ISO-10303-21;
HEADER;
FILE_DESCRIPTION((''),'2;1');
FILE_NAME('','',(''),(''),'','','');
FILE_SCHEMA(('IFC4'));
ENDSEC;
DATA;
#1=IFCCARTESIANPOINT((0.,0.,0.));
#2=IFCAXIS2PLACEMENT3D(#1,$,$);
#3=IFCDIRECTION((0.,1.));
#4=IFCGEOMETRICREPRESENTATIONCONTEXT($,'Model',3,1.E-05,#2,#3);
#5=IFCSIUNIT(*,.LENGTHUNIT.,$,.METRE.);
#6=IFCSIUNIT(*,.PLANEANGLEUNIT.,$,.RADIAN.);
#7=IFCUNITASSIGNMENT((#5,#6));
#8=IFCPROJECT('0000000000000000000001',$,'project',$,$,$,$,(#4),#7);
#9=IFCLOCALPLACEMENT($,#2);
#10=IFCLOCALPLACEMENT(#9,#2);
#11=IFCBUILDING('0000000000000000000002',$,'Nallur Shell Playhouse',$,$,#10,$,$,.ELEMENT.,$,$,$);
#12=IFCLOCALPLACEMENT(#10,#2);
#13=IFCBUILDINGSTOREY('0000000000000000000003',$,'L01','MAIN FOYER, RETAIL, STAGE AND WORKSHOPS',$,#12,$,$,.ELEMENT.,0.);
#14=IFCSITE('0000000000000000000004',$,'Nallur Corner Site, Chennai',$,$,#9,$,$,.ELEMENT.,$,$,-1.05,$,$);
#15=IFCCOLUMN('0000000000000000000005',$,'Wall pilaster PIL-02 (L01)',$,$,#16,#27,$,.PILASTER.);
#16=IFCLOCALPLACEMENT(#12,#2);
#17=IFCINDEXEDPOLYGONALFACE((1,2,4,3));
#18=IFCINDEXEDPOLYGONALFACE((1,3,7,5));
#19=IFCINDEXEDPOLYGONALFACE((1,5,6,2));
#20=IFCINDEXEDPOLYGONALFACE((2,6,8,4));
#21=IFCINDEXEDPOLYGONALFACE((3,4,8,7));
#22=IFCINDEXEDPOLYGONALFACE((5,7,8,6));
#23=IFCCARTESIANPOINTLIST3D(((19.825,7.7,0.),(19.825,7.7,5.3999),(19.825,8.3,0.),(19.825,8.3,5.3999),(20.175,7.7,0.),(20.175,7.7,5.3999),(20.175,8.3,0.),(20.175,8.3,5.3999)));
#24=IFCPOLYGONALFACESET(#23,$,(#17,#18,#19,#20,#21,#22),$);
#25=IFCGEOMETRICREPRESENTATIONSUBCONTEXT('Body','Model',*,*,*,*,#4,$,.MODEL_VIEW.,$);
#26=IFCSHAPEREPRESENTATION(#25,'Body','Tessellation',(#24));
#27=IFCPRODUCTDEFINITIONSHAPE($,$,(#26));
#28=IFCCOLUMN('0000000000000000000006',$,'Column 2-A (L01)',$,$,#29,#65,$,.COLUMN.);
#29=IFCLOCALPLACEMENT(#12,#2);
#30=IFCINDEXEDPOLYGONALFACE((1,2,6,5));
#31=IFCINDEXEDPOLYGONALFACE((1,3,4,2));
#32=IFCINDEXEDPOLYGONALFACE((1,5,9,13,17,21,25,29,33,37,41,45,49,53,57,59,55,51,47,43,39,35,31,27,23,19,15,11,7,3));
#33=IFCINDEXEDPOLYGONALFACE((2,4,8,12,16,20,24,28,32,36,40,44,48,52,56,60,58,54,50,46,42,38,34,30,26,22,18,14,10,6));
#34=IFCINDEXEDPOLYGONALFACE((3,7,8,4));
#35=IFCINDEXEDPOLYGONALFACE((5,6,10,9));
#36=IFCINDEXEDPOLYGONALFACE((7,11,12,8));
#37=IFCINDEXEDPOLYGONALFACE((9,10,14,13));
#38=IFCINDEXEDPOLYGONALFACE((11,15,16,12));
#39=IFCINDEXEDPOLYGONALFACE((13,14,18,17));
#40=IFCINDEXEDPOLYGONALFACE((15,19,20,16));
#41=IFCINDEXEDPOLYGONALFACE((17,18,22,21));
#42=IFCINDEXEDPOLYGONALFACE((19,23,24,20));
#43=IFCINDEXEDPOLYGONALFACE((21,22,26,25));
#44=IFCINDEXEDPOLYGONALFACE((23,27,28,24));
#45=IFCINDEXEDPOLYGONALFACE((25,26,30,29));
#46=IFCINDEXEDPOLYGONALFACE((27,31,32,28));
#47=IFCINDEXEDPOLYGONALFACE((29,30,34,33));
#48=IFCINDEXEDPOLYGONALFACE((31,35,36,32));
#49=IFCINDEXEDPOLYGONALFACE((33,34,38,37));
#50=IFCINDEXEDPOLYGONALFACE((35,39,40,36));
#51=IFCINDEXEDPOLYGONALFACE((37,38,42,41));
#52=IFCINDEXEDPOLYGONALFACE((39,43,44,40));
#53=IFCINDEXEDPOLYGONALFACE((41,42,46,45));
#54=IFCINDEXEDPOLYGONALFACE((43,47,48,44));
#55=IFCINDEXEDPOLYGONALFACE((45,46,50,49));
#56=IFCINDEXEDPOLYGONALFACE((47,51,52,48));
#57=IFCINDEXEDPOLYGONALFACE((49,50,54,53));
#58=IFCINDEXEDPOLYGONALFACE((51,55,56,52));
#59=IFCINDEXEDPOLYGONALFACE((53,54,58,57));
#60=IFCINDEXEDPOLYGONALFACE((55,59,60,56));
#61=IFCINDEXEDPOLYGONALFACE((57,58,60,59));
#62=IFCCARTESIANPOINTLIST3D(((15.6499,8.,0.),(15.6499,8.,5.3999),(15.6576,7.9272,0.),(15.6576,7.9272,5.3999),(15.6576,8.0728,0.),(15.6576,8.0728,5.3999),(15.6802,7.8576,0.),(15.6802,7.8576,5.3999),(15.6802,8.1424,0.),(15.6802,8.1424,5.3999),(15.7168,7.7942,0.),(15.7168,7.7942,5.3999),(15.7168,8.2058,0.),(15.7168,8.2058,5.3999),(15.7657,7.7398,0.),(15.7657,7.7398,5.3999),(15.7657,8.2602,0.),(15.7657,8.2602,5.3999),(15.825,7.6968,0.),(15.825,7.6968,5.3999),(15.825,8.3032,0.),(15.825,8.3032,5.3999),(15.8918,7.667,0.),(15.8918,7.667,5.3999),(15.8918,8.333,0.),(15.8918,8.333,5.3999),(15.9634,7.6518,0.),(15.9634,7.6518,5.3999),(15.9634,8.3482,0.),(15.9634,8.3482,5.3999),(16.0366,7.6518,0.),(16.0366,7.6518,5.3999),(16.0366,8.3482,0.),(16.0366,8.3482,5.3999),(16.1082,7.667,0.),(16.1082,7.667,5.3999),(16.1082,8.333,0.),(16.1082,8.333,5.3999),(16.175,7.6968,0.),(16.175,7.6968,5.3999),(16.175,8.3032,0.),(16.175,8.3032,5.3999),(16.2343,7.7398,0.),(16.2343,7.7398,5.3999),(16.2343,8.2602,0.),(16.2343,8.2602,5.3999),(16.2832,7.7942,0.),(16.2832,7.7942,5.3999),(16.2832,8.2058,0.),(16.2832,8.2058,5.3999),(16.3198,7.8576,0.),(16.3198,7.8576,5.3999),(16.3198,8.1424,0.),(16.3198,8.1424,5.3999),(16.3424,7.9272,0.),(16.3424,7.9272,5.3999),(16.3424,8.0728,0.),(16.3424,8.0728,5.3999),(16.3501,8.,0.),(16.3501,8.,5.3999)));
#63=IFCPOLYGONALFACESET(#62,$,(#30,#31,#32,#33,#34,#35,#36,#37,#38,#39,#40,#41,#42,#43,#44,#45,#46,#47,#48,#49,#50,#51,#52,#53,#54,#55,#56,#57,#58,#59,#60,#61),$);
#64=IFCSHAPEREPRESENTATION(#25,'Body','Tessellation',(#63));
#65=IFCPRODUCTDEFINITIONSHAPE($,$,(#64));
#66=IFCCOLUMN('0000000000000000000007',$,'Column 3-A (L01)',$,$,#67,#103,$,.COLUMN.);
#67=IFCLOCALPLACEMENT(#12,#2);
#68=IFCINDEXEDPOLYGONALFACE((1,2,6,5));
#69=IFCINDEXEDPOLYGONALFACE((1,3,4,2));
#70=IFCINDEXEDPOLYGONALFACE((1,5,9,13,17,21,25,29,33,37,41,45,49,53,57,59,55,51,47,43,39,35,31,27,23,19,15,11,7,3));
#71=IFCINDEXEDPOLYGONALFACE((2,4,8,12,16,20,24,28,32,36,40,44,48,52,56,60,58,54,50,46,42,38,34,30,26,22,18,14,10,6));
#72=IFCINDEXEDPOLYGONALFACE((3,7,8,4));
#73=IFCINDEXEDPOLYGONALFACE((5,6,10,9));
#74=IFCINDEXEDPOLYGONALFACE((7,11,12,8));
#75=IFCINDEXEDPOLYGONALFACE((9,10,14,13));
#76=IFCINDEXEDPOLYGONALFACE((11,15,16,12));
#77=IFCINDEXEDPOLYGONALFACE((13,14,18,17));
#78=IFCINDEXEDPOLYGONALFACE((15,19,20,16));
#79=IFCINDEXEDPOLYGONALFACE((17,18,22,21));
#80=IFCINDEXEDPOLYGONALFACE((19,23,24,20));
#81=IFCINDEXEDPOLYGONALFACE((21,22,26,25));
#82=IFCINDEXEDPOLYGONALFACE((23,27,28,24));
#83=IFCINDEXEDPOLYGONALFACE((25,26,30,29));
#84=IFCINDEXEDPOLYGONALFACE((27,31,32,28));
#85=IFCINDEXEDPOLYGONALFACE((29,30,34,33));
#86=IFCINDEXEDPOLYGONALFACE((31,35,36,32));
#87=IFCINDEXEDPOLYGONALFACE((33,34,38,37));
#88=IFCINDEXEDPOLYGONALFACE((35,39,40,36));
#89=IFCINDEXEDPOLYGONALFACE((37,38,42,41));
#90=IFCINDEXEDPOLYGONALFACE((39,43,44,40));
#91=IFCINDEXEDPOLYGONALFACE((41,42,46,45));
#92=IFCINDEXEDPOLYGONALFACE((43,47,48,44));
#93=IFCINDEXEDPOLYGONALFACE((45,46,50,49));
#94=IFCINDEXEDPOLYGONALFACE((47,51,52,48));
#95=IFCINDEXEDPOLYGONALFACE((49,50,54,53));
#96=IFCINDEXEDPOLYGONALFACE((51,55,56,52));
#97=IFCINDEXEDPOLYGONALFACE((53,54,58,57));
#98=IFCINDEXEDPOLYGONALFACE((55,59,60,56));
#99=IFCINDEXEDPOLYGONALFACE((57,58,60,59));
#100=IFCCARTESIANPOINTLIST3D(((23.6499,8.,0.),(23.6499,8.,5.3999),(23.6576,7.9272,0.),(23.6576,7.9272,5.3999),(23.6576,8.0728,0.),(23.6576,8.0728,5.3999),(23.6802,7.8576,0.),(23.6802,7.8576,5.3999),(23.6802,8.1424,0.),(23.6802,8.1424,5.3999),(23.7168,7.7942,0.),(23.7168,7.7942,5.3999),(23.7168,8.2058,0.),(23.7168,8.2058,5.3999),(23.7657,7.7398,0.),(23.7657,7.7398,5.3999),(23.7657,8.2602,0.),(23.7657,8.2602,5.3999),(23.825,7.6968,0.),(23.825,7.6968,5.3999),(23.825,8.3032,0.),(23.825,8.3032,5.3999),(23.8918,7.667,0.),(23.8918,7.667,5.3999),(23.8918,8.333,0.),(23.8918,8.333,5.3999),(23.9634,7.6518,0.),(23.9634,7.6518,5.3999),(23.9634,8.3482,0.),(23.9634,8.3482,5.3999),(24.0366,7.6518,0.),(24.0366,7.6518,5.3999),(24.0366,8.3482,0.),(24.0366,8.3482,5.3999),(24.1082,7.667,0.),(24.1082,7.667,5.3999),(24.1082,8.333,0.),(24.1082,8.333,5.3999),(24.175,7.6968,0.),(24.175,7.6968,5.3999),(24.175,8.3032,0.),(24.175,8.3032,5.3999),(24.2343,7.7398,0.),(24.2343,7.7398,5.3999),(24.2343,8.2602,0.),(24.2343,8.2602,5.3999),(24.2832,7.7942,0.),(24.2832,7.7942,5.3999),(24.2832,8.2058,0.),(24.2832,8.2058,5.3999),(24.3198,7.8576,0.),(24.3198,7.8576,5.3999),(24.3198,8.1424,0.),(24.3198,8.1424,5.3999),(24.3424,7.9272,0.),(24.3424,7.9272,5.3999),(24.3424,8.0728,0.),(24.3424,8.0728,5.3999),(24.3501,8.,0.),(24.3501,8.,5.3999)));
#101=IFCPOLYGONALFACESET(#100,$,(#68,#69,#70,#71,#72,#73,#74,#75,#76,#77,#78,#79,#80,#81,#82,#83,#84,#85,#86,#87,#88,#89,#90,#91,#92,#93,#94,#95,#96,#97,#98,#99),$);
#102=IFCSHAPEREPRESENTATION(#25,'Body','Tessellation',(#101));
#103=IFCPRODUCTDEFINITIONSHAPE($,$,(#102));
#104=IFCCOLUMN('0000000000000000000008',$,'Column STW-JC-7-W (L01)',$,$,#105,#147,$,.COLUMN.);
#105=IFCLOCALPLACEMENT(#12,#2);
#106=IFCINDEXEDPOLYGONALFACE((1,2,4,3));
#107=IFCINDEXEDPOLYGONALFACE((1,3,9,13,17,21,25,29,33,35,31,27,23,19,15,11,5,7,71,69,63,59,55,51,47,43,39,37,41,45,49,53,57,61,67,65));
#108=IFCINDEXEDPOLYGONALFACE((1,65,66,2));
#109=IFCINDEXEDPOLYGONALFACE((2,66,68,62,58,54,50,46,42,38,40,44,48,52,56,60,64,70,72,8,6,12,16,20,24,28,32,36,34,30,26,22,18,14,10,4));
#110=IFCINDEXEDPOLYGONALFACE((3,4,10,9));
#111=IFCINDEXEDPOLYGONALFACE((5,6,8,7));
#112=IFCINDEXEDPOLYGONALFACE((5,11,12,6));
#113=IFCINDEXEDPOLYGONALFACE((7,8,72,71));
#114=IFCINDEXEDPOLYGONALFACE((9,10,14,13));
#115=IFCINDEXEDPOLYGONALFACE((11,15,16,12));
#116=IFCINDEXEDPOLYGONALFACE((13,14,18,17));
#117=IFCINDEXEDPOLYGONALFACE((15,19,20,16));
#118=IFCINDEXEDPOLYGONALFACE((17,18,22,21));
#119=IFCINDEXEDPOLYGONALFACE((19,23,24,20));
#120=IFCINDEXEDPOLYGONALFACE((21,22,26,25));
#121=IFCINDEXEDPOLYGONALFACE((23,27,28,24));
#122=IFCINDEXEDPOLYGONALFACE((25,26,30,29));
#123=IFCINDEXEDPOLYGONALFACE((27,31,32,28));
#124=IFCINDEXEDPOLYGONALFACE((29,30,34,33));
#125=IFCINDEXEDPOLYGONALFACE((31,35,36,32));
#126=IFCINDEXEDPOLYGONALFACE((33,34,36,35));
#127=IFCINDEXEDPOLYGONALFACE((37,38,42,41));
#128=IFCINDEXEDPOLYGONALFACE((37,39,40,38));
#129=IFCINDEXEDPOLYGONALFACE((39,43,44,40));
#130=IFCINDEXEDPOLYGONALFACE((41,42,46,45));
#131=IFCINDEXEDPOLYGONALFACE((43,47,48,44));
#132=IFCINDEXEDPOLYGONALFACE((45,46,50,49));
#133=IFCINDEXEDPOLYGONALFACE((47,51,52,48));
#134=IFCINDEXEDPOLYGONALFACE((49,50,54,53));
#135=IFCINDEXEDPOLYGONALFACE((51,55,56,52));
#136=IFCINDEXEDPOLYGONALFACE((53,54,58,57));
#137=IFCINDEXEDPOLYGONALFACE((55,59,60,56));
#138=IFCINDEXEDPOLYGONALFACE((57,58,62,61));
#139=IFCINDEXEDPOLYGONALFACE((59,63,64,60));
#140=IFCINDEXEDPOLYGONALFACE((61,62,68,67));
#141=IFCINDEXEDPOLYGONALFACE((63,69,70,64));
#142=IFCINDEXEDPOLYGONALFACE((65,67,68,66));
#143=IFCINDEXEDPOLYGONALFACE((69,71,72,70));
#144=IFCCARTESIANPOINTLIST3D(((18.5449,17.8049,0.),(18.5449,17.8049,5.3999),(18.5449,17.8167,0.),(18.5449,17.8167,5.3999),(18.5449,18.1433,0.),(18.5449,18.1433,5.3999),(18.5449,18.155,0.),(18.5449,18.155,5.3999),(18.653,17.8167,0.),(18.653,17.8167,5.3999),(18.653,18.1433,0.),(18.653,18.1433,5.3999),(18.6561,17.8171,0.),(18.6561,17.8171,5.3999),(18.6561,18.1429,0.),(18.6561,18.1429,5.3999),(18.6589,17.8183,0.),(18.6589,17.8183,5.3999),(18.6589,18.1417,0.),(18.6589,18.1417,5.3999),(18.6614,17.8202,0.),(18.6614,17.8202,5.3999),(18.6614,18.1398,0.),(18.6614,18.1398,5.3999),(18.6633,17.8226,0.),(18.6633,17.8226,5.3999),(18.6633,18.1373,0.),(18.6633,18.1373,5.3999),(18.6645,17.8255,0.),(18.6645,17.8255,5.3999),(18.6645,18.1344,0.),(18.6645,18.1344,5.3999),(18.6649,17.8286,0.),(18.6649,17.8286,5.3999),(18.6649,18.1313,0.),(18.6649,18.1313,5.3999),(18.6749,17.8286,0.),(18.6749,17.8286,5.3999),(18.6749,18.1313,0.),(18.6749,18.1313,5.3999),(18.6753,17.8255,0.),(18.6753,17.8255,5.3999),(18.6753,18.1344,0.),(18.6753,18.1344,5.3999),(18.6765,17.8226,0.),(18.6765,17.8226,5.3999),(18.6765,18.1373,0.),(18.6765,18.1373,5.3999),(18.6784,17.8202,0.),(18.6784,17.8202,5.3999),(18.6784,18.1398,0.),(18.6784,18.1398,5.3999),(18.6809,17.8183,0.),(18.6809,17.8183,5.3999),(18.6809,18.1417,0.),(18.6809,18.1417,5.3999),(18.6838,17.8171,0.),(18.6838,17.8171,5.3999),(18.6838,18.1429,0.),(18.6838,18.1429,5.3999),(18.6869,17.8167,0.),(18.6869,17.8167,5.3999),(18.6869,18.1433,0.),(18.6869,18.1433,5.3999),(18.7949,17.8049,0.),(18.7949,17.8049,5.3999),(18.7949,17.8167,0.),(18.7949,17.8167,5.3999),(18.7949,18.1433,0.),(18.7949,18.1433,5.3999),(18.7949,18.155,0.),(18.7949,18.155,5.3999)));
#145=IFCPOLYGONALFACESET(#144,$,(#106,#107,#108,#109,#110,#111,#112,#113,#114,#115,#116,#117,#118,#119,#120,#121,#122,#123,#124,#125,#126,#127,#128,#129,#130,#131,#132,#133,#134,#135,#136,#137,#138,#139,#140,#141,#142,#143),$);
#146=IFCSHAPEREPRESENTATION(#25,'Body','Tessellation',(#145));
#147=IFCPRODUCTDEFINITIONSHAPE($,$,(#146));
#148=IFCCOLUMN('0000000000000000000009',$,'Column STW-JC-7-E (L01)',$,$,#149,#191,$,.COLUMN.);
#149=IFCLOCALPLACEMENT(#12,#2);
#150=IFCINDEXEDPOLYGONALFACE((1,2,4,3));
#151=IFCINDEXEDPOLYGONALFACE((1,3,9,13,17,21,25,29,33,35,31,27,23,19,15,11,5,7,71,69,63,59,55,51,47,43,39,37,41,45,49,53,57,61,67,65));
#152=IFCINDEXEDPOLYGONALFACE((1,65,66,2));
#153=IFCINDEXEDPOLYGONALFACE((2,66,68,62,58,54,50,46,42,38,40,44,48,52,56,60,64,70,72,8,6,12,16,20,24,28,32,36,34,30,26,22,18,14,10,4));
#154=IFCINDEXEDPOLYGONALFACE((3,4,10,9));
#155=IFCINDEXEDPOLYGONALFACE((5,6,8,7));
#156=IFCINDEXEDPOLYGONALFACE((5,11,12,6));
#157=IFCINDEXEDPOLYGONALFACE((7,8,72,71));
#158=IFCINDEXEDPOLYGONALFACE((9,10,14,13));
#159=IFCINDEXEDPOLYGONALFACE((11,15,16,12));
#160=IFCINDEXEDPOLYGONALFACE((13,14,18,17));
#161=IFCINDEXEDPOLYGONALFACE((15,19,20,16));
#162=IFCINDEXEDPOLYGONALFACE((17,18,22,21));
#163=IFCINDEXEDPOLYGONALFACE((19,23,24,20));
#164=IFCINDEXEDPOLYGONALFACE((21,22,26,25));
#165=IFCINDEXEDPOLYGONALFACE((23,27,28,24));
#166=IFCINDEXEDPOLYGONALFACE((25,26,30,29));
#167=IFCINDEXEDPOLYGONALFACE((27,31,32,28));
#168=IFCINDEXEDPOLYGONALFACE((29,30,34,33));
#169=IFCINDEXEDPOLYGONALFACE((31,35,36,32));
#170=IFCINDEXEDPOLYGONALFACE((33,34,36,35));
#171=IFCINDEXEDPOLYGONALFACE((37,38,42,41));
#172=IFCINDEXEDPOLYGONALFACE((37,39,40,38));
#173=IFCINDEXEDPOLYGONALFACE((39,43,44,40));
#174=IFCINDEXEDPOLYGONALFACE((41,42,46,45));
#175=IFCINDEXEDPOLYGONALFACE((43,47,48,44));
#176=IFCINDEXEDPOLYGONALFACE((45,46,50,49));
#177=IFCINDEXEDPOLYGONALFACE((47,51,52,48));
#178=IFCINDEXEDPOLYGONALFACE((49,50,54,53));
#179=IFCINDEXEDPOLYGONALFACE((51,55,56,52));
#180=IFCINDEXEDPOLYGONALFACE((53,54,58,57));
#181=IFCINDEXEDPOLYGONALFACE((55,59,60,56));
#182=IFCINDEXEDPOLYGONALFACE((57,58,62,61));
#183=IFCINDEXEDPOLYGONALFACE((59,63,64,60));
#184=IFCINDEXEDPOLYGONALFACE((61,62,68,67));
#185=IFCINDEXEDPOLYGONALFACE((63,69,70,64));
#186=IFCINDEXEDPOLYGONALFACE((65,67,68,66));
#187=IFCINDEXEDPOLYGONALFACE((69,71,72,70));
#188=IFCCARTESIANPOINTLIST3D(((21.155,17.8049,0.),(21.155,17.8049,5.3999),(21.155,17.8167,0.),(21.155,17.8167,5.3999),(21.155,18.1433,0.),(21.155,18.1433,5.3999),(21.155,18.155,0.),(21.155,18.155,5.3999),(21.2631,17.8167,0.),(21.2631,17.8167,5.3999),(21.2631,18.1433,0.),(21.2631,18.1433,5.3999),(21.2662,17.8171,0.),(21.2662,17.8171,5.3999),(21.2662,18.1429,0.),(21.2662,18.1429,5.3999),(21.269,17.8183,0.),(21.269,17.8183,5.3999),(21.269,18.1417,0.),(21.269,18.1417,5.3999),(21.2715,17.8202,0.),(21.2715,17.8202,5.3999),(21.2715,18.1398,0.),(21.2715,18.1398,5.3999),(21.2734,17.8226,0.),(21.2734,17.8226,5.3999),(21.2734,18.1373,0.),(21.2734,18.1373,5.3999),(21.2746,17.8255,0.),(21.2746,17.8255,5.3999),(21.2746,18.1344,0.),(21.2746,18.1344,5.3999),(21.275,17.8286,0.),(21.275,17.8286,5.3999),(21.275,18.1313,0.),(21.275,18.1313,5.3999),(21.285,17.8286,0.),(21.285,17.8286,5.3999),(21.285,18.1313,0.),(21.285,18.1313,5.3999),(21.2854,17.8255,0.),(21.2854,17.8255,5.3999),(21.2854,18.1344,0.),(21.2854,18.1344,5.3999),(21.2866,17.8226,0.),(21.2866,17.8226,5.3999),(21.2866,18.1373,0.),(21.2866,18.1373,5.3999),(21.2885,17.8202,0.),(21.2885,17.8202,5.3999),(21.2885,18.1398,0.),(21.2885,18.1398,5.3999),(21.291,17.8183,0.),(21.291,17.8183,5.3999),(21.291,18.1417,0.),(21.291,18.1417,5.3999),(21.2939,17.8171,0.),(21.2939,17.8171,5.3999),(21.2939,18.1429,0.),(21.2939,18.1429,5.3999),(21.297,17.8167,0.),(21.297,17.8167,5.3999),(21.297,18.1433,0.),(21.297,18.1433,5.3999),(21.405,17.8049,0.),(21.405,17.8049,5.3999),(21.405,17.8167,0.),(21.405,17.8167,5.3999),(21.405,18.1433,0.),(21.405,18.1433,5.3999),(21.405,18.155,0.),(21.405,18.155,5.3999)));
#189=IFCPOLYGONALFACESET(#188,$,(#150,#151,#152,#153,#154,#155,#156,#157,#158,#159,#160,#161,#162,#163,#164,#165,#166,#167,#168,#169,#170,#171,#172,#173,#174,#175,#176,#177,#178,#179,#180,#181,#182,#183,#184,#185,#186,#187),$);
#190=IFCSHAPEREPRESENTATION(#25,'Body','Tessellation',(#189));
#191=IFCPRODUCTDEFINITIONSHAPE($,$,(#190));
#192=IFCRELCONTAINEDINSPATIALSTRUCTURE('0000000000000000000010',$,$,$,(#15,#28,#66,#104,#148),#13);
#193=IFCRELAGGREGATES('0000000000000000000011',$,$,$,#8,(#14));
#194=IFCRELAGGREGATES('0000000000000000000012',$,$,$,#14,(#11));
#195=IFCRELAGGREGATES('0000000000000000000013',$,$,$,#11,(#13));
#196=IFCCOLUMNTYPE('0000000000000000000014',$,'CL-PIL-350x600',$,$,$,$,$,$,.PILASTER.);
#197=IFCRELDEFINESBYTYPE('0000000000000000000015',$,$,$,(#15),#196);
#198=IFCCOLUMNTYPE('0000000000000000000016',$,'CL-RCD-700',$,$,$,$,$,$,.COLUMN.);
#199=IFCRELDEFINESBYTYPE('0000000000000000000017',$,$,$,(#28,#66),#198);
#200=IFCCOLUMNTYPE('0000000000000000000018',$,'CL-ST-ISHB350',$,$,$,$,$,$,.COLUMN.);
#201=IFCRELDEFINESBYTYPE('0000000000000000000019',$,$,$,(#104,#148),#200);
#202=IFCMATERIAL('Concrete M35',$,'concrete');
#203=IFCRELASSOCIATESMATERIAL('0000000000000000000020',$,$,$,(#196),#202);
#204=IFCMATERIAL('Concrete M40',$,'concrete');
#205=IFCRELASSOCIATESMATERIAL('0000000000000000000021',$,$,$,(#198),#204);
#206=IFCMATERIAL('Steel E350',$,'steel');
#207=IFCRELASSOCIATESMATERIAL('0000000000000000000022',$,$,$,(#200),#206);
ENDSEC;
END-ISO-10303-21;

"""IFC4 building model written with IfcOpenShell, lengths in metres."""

from ifc_helpers import new_model, si_unit, direction, frame, origin, origin_2d, place, context, subcontext, project, spatial, rectangle, circle, i_section, extrude, material, material_profile, profile_set, type_object, element, save


model = new_model("IFC4")

# Units and contexts
model_context = context("Model", 3, precision=1e-05, world=origin(), true_north=direction((0.0, 1.0)))
body_context = subcontext(model_context, "Body", "Model", "MODEL_VIEW")
ifc_project = project(units=[si_unit("LENGTHUNIT", "METRE"), si_unit("PLANEANGLEUNIT", "RADIAN")], contexts=[model_context])

# Site, building, storey
site_placement = place(None, origin())
site = spatial("IfcSite", under=ifc_project, at=site_placement, Name="Nallur Corner Site, Chennai", CompositionType="ELEMENT", RefElevation=-1.05)
building_placement = place(site_placement, origin())
building = spatial("IfcBuilding", under=site, at=building_placement, Name="Nallur Shell Playhouse", CompositionType="ELEMENT")
storey_placement = place(building_placement, origin())
storey = spatial("IfcBuildingStorey", under=building, at=storey_placement, Name="L01", Description="MAIN FOYER, RETAIL, STAGE AND WORKSHOPS", CompositionType="ELEMENT", Elevation=0.0)

# Columns
ifc_material_1 = material(Name="Concrete M35", Category="concrete")
ifc_material_profile_1 = material_profile(ifc_material_1, rectangle(XDim=0.3501, YDim=0.6001, at=origin_2d()), Name="RC 350x600")
ifc_profile_set_1 = profile_set([ifc_material_profile_1], Name="Concrete M35")
column_type_1 = type_object("IfcColumnType", Name="CL-PIL-350x600", PredefinedType="PILASTER", material=ifc_profile_set_1)
column_placement = place(storey_placement, frame((20.0, 8.0, 0.0), z_axis=(0.0, 0.0, 1.0), x_axis=(1.0, 0.0, 0.0)))
element("IfcColumn", 1, at=column_placement, inside=storey, type_object=column_type_1, Name="Wall pilaster PIL-02 (L01)", PredefinedType="PILASTER", context=body_context, shape_type="SweptSolid", body=[
    extrude(rectangle(XDim=0.3501, YDim=0.6001, at=origin_2d()), origin(), (0.0, 0.0, 1.0), 5.3999),
])
ifc_material_2 = material(Name="Concrete M40", Category="concrete")
ifc_material_profile_2 = material_profile(ifc_material_2, circle(Radius=0.3501, at=origin_2d()), Name="RC D700")
ifc_profile_set_2 = profile_set([ifc_material_profile_2], Name="Concrete M40")
column_type_2 = type_object("IfcColumnType", Name="CL-RCD-700", PredefinedType="COLUMN", material=ifc_profile_set_2)
for number, where, z_axis, x_axis, name in (
    (2, (16.0, 8.0, 0.0), (0.0, 0.0, 1.0), (1.0, 0.0, 0.0), "Column 2-A (L01)"),
    (3, (24.0, 8.0, 0.0), (0.0, 0.0, 1.0), (1.0, 0.0, 0.0), "Column 3-A (L01)"),
):
    element("IfcColumn", number, at=place(storey_placement, frame(where, z_axis=z_axis, x_axis=x_axis)), inside=storey, type_object=column_type_2, Name=name, PredefinedType="COLUMN", context=body_context, shape_type="SweptSolid", body=[
        extrude(circle(Radius=0.3501, at=origin_2d()), origin(), (0.0, 0.0, 1.0), 5.3999),
    ])
ifc_material_3 = material(Name="Steel E350", Category="steel")
ifc_material_profile_3 = material_profile(ifc_material_3, i_section(OverallWidth=0.25, OverallDepth=0.3501, WebThickness=0.01, FlangeThickness=0.0117, FilletRadius=0.012, at=origin_2d()), Name="ISHB 350")
ifc_profile_set_3 = profile_set([ifc_material_profile_3], Name="Steel E350")
column_type_3 = type_object("IfcColumnType", Name="CL-ST-ISHB350", PredefinedType="COLUMN", material=ifc_profile_set_3)
for number, where, z_axis, x_axis, name in (
    (4, (18.6699, 17.98, 0.0), (0.0, 0.0, 1.0), (1.0, 0.0, 0.0), "Column STW-JC-7-W (L01)"),
    (5, (21.28, 17.98, 0.0), (0.0, 0.0, 1.0), (1.0, 0.0, 0.0), "Column STW-JC-7-E (L01)"),
):
    element("IfcColumn", number, at=place(storey_placement, frame(where, z_axis=z_axis, x_axis=x_axis)), inside=storey, type_object=column_type_3, Name=name, PredefinedType="COLUMN", context=body_context, shape_type="SweptSolid", body=[
        extrude(i_section(OverallWidth=0.25, OverallDepth=0.3501, WebThickness=0.01, FlangeThickness=0.0117, FilletRadius=0.012, at=origin_2d()), origin(), (0.0, 0.0, 1.0), 5.3999),
    ])

save(model, "model.ifc")
